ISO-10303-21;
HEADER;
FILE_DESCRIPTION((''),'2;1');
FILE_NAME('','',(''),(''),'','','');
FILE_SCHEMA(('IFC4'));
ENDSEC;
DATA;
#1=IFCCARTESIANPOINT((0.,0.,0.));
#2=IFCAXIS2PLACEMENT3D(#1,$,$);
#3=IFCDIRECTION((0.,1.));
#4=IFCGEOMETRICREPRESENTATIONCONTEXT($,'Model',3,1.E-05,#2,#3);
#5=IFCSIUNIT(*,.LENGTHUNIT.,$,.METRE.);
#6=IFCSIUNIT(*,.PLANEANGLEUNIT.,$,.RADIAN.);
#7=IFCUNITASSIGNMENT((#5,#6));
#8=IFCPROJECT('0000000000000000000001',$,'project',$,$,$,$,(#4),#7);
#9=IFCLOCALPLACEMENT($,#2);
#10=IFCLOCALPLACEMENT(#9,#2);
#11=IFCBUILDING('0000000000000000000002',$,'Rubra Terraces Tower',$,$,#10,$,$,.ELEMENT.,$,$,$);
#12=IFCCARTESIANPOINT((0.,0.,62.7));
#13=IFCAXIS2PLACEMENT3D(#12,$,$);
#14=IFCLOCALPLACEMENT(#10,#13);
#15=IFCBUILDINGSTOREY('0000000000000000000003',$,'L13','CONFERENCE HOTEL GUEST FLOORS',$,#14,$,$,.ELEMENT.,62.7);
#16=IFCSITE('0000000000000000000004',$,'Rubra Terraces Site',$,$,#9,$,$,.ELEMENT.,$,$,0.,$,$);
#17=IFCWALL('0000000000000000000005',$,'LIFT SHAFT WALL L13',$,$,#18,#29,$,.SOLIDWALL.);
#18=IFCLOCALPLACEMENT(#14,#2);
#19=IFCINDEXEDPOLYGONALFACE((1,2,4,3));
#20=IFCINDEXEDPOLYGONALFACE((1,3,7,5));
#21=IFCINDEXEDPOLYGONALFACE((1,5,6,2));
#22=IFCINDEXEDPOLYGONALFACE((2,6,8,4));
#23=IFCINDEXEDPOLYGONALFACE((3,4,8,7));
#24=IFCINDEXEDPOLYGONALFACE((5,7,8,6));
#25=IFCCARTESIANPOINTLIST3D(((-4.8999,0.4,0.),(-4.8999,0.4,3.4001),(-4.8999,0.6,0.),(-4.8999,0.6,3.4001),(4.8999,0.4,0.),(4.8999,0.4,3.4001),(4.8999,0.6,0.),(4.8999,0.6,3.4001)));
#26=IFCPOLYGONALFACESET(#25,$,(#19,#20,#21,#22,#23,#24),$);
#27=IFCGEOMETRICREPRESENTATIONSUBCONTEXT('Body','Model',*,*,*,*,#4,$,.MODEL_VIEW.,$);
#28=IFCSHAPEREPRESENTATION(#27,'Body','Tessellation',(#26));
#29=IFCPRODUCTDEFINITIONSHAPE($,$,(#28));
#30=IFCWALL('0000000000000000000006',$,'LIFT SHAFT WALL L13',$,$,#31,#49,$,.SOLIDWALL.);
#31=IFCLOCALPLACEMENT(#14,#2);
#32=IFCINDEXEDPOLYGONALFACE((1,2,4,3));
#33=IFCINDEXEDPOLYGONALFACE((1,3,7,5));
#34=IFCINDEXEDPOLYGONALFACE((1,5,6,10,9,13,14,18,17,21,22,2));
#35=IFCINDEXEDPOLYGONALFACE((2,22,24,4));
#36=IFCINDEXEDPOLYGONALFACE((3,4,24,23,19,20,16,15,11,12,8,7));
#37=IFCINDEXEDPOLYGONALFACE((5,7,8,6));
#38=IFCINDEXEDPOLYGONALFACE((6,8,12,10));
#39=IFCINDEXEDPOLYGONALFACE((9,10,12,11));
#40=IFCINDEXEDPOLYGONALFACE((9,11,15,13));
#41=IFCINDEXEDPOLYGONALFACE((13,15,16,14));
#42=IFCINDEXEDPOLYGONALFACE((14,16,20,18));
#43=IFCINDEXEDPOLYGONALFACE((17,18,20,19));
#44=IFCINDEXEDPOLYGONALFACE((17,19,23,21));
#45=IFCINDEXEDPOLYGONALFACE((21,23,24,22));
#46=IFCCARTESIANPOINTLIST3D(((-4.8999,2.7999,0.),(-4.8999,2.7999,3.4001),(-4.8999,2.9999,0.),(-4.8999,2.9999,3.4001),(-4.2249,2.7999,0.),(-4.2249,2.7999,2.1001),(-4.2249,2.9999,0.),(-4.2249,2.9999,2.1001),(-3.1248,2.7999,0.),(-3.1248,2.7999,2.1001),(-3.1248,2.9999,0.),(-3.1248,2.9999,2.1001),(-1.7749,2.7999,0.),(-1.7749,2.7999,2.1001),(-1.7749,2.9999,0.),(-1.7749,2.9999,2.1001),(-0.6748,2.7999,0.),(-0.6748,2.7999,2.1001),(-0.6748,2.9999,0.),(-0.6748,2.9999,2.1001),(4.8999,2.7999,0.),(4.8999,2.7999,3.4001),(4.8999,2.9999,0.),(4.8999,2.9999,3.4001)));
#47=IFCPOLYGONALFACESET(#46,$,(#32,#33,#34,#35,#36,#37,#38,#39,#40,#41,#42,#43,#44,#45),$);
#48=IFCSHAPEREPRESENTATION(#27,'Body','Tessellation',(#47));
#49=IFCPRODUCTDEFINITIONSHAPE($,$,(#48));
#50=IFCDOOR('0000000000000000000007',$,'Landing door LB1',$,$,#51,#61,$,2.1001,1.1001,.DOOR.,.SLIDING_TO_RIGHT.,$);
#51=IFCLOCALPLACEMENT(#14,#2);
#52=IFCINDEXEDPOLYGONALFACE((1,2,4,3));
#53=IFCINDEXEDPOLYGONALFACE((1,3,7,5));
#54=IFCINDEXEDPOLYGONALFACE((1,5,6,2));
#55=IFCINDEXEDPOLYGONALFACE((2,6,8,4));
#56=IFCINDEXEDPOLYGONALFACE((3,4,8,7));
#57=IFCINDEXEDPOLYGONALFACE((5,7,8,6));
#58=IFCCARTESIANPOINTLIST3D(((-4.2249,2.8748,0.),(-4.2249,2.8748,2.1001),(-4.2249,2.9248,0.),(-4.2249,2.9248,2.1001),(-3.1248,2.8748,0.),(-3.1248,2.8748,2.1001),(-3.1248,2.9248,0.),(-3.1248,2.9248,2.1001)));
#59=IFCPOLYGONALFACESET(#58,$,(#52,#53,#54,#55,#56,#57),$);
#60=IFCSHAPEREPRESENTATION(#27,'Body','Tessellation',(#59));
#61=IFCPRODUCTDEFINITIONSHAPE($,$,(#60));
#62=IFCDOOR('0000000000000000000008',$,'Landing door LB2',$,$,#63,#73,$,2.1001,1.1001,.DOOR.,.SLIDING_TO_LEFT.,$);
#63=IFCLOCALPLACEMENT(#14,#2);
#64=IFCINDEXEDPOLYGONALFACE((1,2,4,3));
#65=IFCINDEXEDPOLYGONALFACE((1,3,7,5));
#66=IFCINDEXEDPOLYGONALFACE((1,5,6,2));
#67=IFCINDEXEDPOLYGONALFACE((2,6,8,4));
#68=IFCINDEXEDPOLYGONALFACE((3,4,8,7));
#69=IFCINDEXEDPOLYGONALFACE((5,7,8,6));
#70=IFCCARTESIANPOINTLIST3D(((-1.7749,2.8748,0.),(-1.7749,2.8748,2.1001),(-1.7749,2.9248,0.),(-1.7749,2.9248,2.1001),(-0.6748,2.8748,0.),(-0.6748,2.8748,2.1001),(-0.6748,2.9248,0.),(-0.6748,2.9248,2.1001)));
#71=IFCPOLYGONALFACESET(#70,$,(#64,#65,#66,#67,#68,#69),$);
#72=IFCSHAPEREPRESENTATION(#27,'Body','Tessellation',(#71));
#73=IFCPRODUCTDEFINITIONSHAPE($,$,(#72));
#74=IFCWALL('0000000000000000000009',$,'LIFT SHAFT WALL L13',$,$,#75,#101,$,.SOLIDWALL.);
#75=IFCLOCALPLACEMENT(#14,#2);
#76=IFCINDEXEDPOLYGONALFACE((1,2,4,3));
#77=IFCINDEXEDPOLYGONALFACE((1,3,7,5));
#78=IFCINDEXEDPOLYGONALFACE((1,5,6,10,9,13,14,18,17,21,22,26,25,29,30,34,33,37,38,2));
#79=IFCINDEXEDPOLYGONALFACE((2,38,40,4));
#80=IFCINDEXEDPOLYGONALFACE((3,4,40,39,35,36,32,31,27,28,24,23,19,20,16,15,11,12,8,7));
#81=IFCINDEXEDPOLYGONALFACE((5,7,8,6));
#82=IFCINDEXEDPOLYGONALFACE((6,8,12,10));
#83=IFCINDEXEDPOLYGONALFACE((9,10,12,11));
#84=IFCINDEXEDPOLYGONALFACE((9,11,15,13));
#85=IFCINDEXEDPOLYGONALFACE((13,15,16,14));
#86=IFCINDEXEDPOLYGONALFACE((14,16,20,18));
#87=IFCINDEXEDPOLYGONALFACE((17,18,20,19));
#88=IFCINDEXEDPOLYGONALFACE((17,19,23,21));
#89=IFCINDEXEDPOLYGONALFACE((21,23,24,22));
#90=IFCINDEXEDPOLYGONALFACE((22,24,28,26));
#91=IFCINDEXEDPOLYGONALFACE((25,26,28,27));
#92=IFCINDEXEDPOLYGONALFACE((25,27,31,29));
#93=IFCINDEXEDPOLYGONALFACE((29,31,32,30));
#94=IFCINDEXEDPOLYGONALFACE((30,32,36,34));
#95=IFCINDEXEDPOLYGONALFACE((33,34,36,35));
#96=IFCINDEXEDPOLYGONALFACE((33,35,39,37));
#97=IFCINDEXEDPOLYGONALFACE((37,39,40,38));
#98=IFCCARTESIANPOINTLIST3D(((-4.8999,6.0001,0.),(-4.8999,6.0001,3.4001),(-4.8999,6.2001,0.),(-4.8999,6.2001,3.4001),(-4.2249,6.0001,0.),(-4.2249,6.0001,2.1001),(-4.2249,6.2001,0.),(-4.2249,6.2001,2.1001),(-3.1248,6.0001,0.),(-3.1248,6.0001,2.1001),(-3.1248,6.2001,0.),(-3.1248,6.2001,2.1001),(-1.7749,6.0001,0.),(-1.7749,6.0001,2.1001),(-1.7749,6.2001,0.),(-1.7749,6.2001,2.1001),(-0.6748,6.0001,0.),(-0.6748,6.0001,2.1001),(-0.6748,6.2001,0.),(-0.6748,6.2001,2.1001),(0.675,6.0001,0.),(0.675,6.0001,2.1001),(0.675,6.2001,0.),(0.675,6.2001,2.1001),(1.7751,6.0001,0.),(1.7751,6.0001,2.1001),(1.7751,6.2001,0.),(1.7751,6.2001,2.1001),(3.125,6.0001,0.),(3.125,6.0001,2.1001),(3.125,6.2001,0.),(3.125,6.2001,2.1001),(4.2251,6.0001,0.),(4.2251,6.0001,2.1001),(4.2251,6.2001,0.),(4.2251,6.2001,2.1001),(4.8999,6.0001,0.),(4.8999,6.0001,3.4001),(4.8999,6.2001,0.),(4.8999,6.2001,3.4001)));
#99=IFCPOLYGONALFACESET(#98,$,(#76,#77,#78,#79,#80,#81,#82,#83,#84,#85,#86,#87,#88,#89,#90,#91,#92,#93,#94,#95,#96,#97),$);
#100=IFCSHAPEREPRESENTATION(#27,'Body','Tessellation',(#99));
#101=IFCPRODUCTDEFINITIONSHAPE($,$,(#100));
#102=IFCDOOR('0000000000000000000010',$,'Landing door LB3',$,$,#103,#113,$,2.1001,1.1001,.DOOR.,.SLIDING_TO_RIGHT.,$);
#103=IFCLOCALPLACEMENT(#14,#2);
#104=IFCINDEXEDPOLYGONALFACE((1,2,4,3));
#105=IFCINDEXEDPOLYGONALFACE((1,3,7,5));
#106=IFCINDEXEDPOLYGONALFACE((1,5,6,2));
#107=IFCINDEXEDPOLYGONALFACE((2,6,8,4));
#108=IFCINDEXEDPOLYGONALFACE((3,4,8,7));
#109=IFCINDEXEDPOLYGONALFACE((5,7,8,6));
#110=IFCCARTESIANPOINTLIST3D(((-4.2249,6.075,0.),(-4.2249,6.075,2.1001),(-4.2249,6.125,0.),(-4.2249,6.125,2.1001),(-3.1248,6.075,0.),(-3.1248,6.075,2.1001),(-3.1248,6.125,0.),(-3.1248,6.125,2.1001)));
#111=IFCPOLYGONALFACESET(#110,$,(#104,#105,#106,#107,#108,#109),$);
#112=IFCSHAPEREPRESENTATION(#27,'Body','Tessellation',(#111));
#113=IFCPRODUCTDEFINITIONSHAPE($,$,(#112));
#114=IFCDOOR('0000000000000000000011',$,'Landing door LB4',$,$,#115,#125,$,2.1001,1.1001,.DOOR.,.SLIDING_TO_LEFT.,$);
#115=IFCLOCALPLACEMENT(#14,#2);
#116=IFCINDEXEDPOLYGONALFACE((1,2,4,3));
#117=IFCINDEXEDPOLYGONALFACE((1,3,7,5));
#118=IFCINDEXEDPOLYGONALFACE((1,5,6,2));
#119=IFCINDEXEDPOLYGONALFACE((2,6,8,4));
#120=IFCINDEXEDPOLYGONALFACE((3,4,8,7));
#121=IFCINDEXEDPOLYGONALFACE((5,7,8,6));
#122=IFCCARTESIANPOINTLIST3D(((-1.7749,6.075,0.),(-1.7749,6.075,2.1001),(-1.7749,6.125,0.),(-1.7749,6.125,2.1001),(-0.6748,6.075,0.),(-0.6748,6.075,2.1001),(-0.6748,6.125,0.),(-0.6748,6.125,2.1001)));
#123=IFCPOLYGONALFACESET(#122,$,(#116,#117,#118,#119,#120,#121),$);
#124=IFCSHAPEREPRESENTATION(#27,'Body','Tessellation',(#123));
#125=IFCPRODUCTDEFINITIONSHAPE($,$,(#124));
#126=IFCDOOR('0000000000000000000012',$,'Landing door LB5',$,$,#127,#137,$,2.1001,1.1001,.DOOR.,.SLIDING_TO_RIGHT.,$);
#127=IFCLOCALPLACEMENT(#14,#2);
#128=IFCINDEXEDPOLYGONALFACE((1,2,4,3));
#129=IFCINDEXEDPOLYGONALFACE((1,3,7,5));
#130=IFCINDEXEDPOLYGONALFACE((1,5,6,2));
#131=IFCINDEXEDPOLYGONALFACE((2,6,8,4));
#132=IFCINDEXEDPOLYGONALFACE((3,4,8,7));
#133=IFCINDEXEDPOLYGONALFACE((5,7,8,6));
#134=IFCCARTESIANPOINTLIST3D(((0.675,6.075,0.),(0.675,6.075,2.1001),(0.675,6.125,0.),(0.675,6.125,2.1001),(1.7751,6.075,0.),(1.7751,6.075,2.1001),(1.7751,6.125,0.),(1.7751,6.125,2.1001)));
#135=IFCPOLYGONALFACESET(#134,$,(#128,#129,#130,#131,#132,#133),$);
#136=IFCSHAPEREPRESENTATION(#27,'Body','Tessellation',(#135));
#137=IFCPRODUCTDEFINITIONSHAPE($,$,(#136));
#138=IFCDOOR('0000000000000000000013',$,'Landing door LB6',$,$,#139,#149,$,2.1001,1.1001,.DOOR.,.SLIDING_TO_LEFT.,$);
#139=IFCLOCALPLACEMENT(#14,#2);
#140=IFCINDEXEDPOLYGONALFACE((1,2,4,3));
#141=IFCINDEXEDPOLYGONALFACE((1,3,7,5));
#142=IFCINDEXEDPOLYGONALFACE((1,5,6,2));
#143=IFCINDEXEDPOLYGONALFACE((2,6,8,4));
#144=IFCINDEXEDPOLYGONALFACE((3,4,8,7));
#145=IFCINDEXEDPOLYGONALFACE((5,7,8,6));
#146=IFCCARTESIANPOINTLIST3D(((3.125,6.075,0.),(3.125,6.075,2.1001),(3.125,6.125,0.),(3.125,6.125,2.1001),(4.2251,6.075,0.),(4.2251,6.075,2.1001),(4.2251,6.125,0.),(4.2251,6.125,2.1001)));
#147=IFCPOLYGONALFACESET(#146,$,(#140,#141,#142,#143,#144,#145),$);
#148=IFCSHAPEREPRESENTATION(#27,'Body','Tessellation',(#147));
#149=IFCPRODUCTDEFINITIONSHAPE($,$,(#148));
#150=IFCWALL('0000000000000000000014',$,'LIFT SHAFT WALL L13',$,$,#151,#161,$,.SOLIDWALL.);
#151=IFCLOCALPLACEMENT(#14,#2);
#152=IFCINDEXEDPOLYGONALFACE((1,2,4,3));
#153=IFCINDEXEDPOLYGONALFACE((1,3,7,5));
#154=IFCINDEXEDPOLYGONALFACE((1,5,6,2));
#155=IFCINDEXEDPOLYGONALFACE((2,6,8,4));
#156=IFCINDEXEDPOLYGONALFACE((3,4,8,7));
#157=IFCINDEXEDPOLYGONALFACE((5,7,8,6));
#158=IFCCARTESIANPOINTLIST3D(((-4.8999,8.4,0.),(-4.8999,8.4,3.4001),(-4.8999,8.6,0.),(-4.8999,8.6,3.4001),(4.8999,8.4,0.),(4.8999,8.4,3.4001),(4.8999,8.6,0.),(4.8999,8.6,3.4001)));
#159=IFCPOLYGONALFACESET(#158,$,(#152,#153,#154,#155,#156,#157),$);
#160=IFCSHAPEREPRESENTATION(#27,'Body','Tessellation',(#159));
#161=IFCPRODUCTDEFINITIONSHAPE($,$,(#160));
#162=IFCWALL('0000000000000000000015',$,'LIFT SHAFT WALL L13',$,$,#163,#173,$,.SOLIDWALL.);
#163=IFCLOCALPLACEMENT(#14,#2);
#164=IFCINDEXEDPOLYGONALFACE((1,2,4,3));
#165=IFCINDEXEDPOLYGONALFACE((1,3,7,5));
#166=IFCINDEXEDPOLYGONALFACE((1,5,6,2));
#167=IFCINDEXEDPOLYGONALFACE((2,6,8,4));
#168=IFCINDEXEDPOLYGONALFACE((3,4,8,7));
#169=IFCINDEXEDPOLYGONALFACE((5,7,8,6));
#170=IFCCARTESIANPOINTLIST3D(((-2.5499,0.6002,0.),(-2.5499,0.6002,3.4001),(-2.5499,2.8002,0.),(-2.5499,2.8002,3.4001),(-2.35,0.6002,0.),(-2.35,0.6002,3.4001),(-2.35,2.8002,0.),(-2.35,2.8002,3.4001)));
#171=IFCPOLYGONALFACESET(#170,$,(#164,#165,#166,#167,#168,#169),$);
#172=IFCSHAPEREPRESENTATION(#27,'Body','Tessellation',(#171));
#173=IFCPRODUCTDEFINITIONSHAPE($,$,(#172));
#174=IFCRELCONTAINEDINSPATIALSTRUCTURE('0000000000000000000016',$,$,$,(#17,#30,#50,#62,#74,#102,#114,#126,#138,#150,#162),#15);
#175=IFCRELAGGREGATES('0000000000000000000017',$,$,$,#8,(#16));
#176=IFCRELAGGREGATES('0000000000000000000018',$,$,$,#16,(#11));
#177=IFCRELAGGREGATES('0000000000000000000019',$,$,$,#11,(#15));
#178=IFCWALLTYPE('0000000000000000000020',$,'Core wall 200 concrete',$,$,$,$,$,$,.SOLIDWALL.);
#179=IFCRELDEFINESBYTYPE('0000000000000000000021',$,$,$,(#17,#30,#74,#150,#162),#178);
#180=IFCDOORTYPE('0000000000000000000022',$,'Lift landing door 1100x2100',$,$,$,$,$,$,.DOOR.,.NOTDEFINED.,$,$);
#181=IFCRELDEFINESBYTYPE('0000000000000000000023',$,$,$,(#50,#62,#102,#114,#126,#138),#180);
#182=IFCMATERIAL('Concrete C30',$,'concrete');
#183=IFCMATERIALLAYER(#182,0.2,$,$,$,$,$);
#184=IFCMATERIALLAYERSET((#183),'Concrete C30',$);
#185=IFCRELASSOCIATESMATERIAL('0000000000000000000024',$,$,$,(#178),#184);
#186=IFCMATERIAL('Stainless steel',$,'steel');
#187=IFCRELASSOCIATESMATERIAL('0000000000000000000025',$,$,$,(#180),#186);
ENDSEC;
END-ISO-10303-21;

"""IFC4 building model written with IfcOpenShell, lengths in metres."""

from ifc_helpers import new_model, si_unit, direction, frame, frame_2d, origin, place, context, subcontext, project, spatial, rectangle, extrude, material, layer, layer_set, type_object, element, fill, save


model = new_model("IFC4")

# Units and contexts
model_context = context("Model", 3, precision=1e-05, world=origin(), true_north=direction((0.0, 1.0)))
body_context = subcontext(model_context, "Body", "Model", "MODEL_VIEW")
ifc_project = project(units=[si_unit("LENGTHUNIT", "METRE"), si_unit("PLANEANGLEUNIT", "RADIAN")], contexts=[model_context])

# Site, building, storey
site_placement = place(None, origin())
site = spatial("IfcSite", under=ifc_project, at=site_placement, Name="Rubra Terraces Site", CompositionType="ELEMENT", RefElevation=0.0)
building_placement = place(site_placement, origin())
building = spatial("IfcBuilding", under=site, at=building_placement, Name="Rubra Terraces Tower", CompositionType="ELEMENT")
storey_placement = place(building_placement, frame((0.0, 0.0, 62.7)))
storey = spatial("IfcBuildingStorey", under=building, at=storey_placement, Name="L13", Description="CONFERENCE HOTEL GUEST FLOORS", CompositionType="ELEMENT", Elevation=62.7)

# Wall
ifc_material_1 = material(Name="Concrete C30", Category="concrete")
ifc_layer_1 = layer(ifc_material_1, 0.2)
ifc_layer_set_1 = layer_set([ifc_layer_1], Name="Concrete C30")
wall_type_1 = type_object("IfcWallType", Name="Core wall 200 concrete", PredefinedType="SOLIDWALL", material=ifc_layer_set_1)
wall_1_placement = place(storey_placement, frame((-4.8999, 0.5, 0.0), z_axis=(0.0, 0.0, 1.0), x_axis=(1.0, 0.0, 0.0)))
element("IfcWall", 1, at=wall_1_placement, inside=storey, type_object=wall_type_1, Name="LIFT SHAFT WALL L13", PredefinedType="SOLIDWALL", context=body_context, shape_type="SweptSolid", body=[
    extrude(rectangle(XDim=9.7998, YDim=0.2, at=frame_2d((4.8999, 0.0))), origin(), (0.0, 0.0, 1.0), 3.4001),
])

# Walls, openings, doors
wall_2_placement = place(storey_placement, frame((-4.8999, 2.8999, 0.0), z_axis=(0.0, 0.0, 1.0), x_axis=(1.0, 0.0, 0.0)))
wall_2 = element("IfcWall", 2, at=wall_2_placement, inside=storey, type_object=wall_type_1, Name="LIFT SHAFT WALL L13", PredefinedType="SOLIDWALL", context=body_context, shape_type="SweptSolid", body=[
    extrude(rectangle(XDim=9.7998, YDim=0.2, at=frame_2d((4.8999, 0.0))), origin(), (0.0, 0.0, 1.0), 3.4001),
])
opening_1_placement = place(wall_2_placement, frame((0.675, 0.0, 0.0)))
opening_1 = element("IfcOpeningElement", 3, at=opening_1_placement, cuts=wall_2, PredefinedType="OPENING", context=body_context, shape_type="SweptSolid", body=[
    extrude(rectangle(XDim=1.1001, YDim=2.1001, at=frame_2d((0.55, 1.05))), frame((0.0, 0.1099, 0.0), z_axis=(0.0, -1.0, 0.0), x_axis=(1.0, 0.0, 0.0)), (0.0, 0.0, 1.0), 0.22),
])
opening_2_placement = place(wall_2_placement, frame((3.125, 0.0, 0.0)))
opening_2 = element("IfcOpeningElement", 4, at=opening_2_placement, cuts=wall_2, PredefinedType="OPENING", context=body_context, shape_type="SweptSolid", body=[
    extrude(rectangle(XDim=1.1001, YDim=2.1001, at=frame_2d((0.55, 1.05))), frame((0.0, 0.1099, 0.0), z_axis=(0.0, -1.0, 0.0), x_axis=(1.0, 0.0, 0.0)), (0.0, 0.0, 1.0), 0.22),
])
ifc_material_2 = material(Name="Stainless steel", Category="steel")
door_type = type_object("IfcDoorType", Name="Lift landing door 1100x2100", OperationType="NOTDEFINED", PredefinedType="DOOR", material=ifc_material_2)
door_1_placement = place(opening_1_placement, origin())
door_1 = element("IfcDoor", 5, at=door_1_placement, inside=storey, type_object=door_type, Name="Landing door LB1", OperationType="SLIDING_TO_RIGHT", OverallHeight=2.1001, OverallWidth=1.1001, PredefinedType="DOOR", context=body_context, shape_type="SweptSolid", body=[
    extrude(rectangle(XDim=1.1001, YDim=2.1001, at=frame_2d((0.55, 1.05))), frame((0.0, 0.0249, 0.0), z_axis=(0.0, -1.0, 0.0), x_axis=(1.0, 0.0, 0.0)), (0.0, 0.0, 1.0), 0.05),
])
fill(opening_1, door_1)
door_2_placement = place(opening_2_placement, origin())
door_2 = element("IfcDoor", 6, at=door_2_placement, inside=storey, type_object=door_type, Name="Landing door LB2", OperationType="SLIDING_TO_LEFT", OverallHeight=2.1001, OverallWidth=1.1001, PredefinedType="DOOR", context=body_context, shape_type="SweptSolid", body=[
    extrude(rectangle(XDim=1.1001, YDim=2.1001, at=frame_2d((0.55, 1.05))), frame((0.0, 0.0249, 0.0), z_axis=(0.0, -1.0, 0.0), x_axis=(1.0, 0.0, 0.0)), (0.0, 0.0, 1.0), 0.05),
])
fill(opening_2, door_2)
wall_3_placement = place(storey_placement, frame((-4.8999, 6.1001, 0.0), z_axis=(0.0, 0.0, 1.0), x_axis=(1.0, 0.0, 0.0)))
wall_3 = element("IfcWall", 7, at=wall_3_placement, inside=storey, type_object=wall_type_1, Name="LIFT SHAFT WALL L13", PredefinedType="SOLIDWALL", context=body_context, shape_type="SweptSolid", body=[
    extrude(rectangle(XDim=9.7998, YDim=0.2, at=frame_2d((4.8999, 0.0))), origin(), (0.0, 0.0, 1.0), 3.4001),
])
opening_3_placement = place(wall_3_placement, frame((0.675, 0.0, 0.0)))
opening_3 = element("IfcOpeningElement", 8, at=opening_3_placement, cuts=wall_3, PredefinedType="OPENING", context=body_context, shape_type="SweptSolid", body=[
    extrude(rectangle(XDim=1.1001, YDim=2.1001, at=frame_2d((0.55, 1.05))), frame((0.0, 0.1099, 0.0), z_axis=(0.0, -1.0, 0.0), x_axis=(1.0, 0.0, 0.0)), (0.0, 0.0, 1.0), 0.22),
])
opening_4_placement = place(wall_3_placement, frame((3.125, 0.0, 0.0)))
opening_4 = element("IfcOpeningElement", 9, at=opening_4_placement, cuts=wall_3, PredefinedType="OPENING", context=body_context, shape_type="SweptSolid", body=[
    extrude(rectangle(XDim=1.1001, YDim=2.1001, at=frame_2d((0.55, 1.05))), frame((0.0, 0.1099, 0.0), z_axis=(0.0, -1.0, 0.0), x_axis=(1.0, 0.0, 0.0)), (0.0, 0.0, 1.0), 0.22),
])
opening_5_placement = place(wall_3_placement, frame((5.575, 0.0, 0.0)))
opening_5 = element("IfcOpeningElement", 10, at=opening_5_placement, cuts=wall_3, PredefinedType="OPENING", context=body_context, shape_type="SweptSolid", body=[
    extrude(rectangle(XDim=1.1001, YDim=2.1001, at=frame_2d((0.55, 1.05))), frame((0.0, 0.1099, 0.0), z_axis=(0.0, -1.0, 0.0), x_axis=(1.0, 0.0, 0.0)), (0.0, 0.0, 1.0), 0.22),
])
opening_6_placement = place(wall_3_placement, frame((8.0249, 0.0, 0.0)))
opening_6 = element("IfcOpeningElement", 11, at=opening_6_placement, cuts=wall_3, PredefinedType="OPENING", context=body_context, shape_type="SweptSolid", body=[
    extrude(rectangle(XDim=1.1001, YDim=2.1001, at=frame_2d((0.55, 1.05))), frame((0.0, 0.1099, 0.0), z_axis=(0.0, -1.0, 0.0), x_axis=(1.0, 0.0, 0.0)), (0.0, 0.0, 1.0), 0.22),
])
door_3_placement = place(opening_3_placement, origin())
door_3 = element("IfcDoor", 12, at=door_3_placement, inside=storey, type_object=door_type, Name="Landing door LB3", OperationType="SLIDING_TO_RIGHT", OverallHeight=2.1001, OverallWidth=1.1001, PredefinedType="DOOR", context=body_context, shape_type="SweptSolid", body=[
    extrude(rectangle(XDim=1.1001, YDim=2.1001, at=frame_2d((0.55, 1.05))), frame((0.0, 0.0249, 0.0), z_axis=(0.0, -1.0, 0.0), x_axis=(1.0, 0.0, 0.0)), (0.0, 0.0, 1.0), 0.05),
])
fill(opening_3, door_3)
door_4_placement = place(opening_4_placement, origin())
door_4 = element("IfcDoor", 13, at=door_4_placement, inside=storey, type_object=door_type, Name="Landing door LB4", OperationType="SLIDING_TO_LEFT", OverallHeight=2.1001, OverallWidth=1.1001, PredefinedType="DOOR", context=body_context, shape_type="SweptSolid", body=[
    extrude(rectangle(XDim=1.1001, YDim=2.1001, at=frame_2d((0.55, 1.05))), frame((0.0, 0.0249, 0.0), z_axis=(0.0, -1.0, 0.0), x_axis=(1.0, 0.0, 0.0)), (0.0, 0.0, 1.0), 0.05),
])
fill(opening_4, door_4)
door_5_placement = place(opening_5_placement, origin())
door_5 = element("IfcDoor", 14, at=door_5_placement, inside=storey, type_object=door_type, Name="Landing door LB5", OperationType="SLIDING_TO_RIGHT", OverallHeight=2.1001, OverallWidth=1.1001, PredefinedType="DOOR", context=body_context, shape_type="SweptSolid", body=[
    extrude(rectangle(XDim=1.1001, YDim=2.1001, at=frame_2d((0.55, 1.05))), frame((0.0, 0.0249, 0.0), z_axis=(0.0, -1.0, 0.0), x_axis=(1.0, 0.0, 0.0)), (0.0, 0.0, 1.0), 0.05),
])
fill(opening_5, door_5)
door_6_placement = place(opening_6_placement, origin())
door_6 = element("IfcDoor", 15, at=door_6_placement, inside=storey, type_object=door_type, Name="Landing door LB6", OperationType="SLIDING_TO_LEFT", OverallHeight=2.1001, OverallWidth=1.1001, PredefinedType="DOOR", context=body_context, shape_type="SweptSolid", body=[
    extrude(rectangle(XDim=1.1001, YDim=2.1001, at=frame_2d((0.55, 1.05))), frame((0.0, 0.0249, 0.0), z_axis=(0.0, -1.0, 0.0), x_axis=(1.0, 0.0, 0.0)), (0.0, 0.0, 1.0), 0.05),
])
fill(opening_6, door_6)

# Walls
wall_4_placement = place(storey_placement, frame((-4.8999, 8.5, 0.0), z_axis=(0.0, 0.0, 1.0), x_axis=(1.0, 0.0, 0.0)))
element("IfcWall", 16, at=wall_4_placement, inside=storey, type_object=wall_type_1, Name="LIFT SHAFT WALL L13", PredefinedType="SOLIDWALL", context=body_context, shape_type="SweptSolid", body=[
    extrude(rectangle(XDim=9.7998, YDim=0.2, at=frame_2d((4.8999, 0.0))), origin(), (0.0, 0.0, 1.0), 3.4001),
])
for number, where, z_axis, x_axis, name in (
    (17, (-2.45, 0.6001, 0.0), (0.0, 0.0, 1.0), (0.0, 1.0, 0.0), "LIFT SHAFT WALL L13"),
):
    element("IfcWall", number, at=place(storey_placement, frame(where, z_axis=z_axis, x_axis=x_axis)), inside=storey, type_object=wall_type_1, Name=name, PredefinedType="SOLIDWALL", context=body_context, shape_type="SweptSolid", body=[
        extrude(rectangle(XDim=2.2, YDim=0.2, at=frame_2d((1.1001, 0.0))), origin(), (0.0, 0.0, 1.0), 3.4001),
    ])

save(model, "model.ifc")
